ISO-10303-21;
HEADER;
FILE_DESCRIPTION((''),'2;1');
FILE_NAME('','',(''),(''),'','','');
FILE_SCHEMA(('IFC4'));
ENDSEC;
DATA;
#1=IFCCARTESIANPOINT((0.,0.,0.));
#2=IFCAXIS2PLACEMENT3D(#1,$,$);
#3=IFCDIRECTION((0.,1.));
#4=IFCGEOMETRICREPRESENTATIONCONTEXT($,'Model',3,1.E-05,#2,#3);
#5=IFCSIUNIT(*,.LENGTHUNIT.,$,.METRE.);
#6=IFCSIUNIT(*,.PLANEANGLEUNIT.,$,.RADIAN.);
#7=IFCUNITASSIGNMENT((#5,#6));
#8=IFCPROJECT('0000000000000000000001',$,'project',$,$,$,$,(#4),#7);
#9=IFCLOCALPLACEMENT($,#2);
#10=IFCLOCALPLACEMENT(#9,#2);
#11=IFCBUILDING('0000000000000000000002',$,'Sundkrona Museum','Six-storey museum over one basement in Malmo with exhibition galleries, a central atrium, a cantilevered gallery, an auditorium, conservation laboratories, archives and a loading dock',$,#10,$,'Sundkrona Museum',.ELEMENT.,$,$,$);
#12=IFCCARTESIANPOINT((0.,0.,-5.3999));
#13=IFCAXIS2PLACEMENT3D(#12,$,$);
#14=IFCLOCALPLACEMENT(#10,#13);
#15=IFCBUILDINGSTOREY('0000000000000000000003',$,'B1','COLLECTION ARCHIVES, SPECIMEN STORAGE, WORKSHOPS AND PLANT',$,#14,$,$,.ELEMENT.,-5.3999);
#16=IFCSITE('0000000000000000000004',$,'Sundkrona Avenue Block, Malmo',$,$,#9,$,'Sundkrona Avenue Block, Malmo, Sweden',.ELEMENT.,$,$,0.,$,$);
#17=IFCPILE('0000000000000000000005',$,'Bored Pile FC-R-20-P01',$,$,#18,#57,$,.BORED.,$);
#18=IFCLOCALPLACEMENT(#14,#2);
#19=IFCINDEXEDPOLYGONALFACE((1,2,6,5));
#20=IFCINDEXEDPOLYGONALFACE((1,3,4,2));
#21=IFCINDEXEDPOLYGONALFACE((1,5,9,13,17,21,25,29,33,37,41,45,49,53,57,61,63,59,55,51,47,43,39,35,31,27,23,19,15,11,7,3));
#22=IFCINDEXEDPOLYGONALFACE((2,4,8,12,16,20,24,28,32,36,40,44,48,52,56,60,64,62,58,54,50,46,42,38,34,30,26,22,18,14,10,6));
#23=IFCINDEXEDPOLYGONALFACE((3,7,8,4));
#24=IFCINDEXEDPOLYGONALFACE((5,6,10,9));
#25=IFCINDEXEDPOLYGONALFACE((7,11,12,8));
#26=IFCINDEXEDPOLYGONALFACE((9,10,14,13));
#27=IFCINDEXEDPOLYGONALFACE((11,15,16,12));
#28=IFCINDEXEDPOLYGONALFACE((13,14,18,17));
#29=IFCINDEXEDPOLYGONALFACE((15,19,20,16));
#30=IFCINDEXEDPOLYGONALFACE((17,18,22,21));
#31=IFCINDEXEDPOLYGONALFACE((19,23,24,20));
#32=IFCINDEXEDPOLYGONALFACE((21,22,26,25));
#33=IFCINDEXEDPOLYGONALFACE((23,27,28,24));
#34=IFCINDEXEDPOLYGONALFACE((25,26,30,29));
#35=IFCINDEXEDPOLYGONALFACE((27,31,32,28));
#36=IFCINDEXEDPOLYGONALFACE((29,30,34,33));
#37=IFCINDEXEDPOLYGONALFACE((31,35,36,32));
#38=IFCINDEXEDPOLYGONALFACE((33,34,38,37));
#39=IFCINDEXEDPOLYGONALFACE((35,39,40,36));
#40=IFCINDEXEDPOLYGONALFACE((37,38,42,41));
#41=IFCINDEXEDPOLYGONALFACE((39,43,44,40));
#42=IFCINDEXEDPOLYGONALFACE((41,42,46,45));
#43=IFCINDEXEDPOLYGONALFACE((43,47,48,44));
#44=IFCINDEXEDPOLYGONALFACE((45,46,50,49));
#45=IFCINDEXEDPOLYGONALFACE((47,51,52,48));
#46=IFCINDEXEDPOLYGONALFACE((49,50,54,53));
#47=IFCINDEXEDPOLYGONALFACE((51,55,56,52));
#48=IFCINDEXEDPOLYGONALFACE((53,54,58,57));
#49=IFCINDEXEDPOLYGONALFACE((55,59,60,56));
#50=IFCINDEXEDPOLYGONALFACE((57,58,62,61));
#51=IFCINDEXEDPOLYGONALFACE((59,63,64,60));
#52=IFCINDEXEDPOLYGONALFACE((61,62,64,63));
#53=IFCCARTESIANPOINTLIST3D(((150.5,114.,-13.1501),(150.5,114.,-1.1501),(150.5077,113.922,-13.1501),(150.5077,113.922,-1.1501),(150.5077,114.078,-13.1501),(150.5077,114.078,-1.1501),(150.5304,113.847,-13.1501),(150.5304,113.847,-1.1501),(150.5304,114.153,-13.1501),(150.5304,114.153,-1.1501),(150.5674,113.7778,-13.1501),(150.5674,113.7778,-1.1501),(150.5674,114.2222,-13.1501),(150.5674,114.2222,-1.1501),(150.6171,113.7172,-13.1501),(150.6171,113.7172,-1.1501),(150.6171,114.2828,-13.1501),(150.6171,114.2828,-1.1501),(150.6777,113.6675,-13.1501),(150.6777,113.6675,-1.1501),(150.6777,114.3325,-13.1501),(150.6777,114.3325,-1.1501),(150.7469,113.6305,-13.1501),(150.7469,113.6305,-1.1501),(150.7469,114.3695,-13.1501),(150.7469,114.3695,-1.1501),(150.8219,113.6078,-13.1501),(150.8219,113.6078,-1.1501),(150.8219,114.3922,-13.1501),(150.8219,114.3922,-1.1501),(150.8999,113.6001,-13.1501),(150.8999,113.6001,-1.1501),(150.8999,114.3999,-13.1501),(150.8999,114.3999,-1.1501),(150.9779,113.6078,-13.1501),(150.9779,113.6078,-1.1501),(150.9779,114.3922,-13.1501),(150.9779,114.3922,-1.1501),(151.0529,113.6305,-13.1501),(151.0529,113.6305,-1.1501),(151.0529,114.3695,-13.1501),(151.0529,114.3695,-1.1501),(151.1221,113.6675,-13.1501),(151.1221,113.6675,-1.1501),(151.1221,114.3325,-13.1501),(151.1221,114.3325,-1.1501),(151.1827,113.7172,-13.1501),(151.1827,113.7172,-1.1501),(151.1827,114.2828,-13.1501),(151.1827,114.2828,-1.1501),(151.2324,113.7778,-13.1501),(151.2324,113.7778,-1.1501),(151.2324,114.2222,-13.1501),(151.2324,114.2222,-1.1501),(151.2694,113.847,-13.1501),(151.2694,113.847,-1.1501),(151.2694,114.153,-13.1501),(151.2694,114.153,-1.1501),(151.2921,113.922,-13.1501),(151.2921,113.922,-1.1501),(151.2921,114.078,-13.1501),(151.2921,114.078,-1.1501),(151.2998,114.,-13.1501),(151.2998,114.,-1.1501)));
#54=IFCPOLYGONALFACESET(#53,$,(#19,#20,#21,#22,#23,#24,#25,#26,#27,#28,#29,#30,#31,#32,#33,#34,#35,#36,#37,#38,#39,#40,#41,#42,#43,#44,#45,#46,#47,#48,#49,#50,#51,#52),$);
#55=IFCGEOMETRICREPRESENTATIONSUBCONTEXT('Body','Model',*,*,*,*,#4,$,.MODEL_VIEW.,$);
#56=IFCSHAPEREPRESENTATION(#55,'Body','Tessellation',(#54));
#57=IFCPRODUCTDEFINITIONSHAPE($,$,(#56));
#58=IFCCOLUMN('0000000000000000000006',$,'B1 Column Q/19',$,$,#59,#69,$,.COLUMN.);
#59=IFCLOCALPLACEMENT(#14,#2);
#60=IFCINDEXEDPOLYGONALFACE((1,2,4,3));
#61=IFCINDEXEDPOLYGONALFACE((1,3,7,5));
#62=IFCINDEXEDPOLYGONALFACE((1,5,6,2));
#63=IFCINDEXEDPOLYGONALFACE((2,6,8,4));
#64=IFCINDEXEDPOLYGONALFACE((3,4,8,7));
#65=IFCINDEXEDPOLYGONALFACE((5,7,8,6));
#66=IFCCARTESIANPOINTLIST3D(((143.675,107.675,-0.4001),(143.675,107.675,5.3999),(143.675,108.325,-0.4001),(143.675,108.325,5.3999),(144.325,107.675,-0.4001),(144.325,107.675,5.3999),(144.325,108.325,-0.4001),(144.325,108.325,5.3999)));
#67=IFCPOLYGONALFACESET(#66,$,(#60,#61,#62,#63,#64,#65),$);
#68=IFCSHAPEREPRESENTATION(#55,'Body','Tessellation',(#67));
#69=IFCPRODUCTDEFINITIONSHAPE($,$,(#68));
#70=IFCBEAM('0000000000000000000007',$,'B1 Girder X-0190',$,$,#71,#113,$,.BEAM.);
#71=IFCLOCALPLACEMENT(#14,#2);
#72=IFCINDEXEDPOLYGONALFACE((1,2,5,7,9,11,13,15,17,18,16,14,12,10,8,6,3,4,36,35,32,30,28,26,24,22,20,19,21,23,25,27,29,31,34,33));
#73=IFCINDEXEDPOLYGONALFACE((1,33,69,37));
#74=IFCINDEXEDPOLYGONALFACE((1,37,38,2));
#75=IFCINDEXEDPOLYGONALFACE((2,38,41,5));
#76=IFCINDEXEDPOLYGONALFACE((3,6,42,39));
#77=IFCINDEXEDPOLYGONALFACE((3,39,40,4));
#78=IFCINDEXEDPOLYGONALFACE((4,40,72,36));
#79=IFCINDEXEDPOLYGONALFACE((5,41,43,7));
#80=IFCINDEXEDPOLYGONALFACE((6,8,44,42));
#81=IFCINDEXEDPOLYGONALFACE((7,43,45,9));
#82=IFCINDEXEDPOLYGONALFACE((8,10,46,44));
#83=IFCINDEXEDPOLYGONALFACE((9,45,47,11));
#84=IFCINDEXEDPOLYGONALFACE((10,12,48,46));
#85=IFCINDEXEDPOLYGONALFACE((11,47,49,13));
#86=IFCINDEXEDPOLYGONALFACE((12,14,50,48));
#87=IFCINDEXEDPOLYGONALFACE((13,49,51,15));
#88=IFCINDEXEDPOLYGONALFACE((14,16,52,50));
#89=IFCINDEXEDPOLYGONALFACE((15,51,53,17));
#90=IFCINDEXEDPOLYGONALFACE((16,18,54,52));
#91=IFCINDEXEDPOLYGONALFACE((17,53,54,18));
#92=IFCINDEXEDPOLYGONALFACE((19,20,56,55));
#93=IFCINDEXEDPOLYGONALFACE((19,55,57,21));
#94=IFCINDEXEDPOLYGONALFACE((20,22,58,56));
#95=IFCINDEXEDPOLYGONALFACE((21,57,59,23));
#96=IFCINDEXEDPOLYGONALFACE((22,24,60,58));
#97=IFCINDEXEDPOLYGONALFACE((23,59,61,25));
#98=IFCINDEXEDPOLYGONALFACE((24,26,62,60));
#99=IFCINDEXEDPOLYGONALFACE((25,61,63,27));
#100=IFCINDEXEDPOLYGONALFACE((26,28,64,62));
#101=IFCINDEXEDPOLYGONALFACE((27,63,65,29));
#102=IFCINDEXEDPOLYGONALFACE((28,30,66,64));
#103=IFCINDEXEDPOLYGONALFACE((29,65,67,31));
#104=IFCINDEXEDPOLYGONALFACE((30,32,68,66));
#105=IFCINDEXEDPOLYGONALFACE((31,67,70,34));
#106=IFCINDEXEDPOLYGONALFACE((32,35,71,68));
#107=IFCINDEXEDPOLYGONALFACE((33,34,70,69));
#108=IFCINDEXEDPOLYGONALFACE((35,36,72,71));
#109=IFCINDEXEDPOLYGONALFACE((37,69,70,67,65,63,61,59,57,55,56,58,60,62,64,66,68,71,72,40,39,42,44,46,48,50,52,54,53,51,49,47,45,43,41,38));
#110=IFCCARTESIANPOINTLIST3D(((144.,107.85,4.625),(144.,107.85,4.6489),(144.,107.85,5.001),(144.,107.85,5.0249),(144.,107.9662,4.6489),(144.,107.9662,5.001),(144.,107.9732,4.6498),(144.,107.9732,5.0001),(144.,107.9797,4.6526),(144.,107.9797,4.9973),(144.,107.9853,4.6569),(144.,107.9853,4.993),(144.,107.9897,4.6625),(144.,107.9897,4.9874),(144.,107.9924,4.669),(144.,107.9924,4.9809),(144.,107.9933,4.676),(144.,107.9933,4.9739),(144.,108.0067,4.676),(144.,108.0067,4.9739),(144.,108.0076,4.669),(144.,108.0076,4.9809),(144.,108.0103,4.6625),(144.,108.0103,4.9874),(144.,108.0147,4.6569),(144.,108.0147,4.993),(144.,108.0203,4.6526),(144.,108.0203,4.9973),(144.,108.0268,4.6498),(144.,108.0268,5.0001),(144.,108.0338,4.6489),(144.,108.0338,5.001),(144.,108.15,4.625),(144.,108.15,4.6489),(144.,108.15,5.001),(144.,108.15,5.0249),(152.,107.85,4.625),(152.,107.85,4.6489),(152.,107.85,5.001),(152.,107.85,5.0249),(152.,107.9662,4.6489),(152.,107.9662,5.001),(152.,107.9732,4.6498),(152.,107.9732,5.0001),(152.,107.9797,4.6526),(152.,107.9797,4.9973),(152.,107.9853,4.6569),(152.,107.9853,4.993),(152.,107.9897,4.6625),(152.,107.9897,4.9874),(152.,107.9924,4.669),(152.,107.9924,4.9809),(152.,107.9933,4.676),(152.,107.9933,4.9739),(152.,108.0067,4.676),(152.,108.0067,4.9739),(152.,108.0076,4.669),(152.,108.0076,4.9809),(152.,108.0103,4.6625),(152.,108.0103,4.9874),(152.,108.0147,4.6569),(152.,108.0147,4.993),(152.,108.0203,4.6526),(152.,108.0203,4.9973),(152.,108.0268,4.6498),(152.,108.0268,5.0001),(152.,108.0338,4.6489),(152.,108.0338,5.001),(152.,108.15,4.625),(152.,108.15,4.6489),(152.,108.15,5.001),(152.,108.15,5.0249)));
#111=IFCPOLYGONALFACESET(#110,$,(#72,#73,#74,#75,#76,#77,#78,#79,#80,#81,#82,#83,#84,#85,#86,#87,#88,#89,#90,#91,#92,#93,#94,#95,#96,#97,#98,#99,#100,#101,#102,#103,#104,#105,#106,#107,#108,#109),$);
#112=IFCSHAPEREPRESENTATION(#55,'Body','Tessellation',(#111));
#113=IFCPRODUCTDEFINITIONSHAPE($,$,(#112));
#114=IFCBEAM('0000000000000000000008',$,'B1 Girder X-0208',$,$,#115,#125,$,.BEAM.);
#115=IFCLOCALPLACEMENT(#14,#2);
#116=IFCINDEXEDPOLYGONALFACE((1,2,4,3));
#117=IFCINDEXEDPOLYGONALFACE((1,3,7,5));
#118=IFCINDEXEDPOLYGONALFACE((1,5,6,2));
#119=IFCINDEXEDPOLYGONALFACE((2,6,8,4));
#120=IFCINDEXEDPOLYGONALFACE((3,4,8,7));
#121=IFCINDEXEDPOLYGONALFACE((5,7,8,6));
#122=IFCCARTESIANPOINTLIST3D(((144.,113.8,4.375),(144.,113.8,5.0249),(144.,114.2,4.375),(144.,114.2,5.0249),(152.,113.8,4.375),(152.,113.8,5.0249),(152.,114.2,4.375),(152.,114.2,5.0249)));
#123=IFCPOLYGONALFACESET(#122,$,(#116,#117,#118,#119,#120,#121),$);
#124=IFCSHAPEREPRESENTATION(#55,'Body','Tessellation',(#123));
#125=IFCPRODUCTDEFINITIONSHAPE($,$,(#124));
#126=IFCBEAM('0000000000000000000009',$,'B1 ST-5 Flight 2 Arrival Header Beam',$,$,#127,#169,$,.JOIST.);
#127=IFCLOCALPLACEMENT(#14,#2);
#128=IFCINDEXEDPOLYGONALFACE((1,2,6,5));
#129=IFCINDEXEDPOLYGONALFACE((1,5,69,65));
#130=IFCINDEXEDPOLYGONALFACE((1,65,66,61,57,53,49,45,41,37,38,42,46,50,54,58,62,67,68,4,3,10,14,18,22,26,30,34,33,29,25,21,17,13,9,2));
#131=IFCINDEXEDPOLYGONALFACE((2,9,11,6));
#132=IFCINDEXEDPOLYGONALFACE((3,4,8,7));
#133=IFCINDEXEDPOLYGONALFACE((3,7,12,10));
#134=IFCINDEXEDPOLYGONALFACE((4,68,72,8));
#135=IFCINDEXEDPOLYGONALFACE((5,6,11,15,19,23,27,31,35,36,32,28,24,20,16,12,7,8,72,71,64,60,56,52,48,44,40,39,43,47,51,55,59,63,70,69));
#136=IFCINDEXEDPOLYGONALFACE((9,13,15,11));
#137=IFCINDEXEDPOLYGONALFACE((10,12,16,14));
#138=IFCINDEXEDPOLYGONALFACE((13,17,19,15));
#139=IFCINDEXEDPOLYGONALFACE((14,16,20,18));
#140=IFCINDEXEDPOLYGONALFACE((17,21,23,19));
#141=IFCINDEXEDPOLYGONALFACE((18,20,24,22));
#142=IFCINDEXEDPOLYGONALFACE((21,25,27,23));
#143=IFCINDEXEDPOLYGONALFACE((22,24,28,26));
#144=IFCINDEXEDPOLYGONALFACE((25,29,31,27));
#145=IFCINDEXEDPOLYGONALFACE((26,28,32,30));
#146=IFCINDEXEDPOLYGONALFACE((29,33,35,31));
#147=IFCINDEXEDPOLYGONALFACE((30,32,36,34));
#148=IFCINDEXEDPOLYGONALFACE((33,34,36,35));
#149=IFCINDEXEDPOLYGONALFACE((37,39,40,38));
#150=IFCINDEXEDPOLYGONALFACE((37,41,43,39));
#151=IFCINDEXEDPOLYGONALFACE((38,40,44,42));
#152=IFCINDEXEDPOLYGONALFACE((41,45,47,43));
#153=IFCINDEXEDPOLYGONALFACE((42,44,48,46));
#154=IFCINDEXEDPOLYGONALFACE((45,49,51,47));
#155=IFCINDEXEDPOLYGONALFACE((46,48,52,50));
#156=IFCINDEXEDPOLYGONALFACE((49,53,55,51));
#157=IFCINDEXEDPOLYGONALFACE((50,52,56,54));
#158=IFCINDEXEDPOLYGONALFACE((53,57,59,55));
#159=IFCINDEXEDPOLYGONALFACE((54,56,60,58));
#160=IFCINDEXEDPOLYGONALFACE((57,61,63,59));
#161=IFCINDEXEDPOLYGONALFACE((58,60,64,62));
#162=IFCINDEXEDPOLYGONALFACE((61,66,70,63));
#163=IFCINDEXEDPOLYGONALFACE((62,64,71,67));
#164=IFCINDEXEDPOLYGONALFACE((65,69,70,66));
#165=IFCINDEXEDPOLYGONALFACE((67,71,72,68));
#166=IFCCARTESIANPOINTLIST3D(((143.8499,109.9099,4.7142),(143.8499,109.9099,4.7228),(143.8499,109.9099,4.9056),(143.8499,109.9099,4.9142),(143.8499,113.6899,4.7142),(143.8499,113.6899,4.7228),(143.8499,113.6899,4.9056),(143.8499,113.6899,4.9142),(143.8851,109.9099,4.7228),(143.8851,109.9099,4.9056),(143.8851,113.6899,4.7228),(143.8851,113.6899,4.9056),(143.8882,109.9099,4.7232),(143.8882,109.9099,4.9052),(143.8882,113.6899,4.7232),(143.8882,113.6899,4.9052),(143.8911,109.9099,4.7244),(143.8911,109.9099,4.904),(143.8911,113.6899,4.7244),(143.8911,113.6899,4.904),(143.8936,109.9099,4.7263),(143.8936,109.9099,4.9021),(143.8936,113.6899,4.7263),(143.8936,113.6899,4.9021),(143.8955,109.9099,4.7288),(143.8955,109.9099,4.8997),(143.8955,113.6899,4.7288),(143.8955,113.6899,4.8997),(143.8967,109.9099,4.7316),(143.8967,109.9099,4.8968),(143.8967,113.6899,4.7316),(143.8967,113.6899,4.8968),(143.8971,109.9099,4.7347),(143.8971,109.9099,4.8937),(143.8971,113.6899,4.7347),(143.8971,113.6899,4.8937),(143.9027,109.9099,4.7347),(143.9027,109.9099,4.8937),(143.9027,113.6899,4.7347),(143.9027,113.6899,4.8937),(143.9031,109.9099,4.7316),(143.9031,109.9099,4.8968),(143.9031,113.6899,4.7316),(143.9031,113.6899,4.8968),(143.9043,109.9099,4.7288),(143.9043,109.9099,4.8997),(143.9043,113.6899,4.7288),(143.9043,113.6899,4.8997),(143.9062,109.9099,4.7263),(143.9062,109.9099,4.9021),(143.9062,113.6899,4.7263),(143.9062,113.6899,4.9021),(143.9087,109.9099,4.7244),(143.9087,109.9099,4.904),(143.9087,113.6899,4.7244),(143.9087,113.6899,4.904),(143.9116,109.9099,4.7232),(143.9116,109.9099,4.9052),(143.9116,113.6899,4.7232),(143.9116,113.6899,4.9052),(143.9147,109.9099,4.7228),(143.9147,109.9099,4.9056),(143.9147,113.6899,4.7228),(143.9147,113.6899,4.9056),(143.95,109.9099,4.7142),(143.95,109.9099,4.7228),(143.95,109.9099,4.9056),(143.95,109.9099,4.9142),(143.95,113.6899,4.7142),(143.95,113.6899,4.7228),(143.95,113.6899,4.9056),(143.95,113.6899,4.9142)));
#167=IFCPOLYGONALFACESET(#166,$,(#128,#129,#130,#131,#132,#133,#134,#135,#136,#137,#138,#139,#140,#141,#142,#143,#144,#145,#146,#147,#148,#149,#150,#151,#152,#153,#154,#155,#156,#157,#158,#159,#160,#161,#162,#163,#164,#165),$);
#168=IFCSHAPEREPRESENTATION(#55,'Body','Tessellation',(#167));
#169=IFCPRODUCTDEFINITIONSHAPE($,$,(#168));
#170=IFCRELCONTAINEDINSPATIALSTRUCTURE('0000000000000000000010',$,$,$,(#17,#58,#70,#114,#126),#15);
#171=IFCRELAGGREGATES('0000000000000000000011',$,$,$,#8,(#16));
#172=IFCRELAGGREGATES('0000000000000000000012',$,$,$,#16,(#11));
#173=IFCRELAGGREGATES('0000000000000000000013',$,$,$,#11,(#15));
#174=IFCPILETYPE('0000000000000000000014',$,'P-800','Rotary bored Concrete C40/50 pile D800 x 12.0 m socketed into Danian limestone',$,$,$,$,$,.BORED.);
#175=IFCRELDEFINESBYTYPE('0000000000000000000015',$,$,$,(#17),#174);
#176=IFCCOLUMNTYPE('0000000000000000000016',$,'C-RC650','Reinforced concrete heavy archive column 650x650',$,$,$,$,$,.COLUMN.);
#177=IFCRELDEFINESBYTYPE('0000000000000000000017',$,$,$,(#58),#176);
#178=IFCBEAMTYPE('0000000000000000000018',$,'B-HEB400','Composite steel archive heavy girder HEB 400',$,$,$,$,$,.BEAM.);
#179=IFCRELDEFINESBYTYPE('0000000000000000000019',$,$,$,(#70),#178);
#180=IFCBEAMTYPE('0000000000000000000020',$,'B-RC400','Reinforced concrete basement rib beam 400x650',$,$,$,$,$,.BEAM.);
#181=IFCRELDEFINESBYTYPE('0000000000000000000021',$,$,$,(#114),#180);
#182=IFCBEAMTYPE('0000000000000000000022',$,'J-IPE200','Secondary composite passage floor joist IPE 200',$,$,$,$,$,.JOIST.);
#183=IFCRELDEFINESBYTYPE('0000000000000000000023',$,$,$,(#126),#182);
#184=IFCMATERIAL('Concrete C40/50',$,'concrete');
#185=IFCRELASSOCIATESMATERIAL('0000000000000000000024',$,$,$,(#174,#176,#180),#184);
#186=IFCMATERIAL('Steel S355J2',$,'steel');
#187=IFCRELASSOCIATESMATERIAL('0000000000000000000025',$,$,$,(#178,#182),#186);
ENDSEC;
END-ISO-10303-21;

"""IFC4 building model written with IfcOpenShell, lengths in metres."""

from ifc_helpers import new_model, si_unit, direction, frame, origin, origin_2d, place, context, subcontext, project, spatial, rectangle, circle, i_section, extrude, material, material_profile, profile_set, type_object, element, save


model = new_model("IFC4")

# Units and contexts
model_context = context("Model", 3, precision=1e-05, world=origin(), true_north=direction((0.0, 1.0)))
body_context = subcontext(model_context, "Body", "Model", "MODEL_VIEW")
ifc_project = project(units=[si_unit("LENGTHUNIT", "METRE"), si_unit("PLANEANGLEUNIT", "RADIAN")], contexts=[model_context])

# Site, building, storey
site_placement = place(None, origin())
site = spatial("IfcSite", under=ifc_project, at=site_placement, Name="Sundkrona Avenue Block, Malmo", LongName="Sundkrona Avenue Block, Malmo, Sweden", CompositionType="ELEMENT", RefElevation=0.0)
building_placement = place(site_placement, origin())
building = spatial("IfcBuilding", under=site, at=building_placement, Name="Sundkrona Museum", Description="Six-storey museum over one basement in Malmo with exhibition galleries, a central atrium, a cantilevered gallery, an auditorium, conservation laboratories, archives and a loading dock", LongName="Sundkrona Museum", CompositionType="ELEMENT")
storey_placement = place(building_placement, frame((0.0, 0.0, -5.3999)))
storey = spatial("IfcBuildingStorey", under=building, at=storey_placement, Name="B1", Description="COLLECTION ARCHIVES, SPECIMEN STORAGE, WORKSHOPS AND PLANT", CompositionType="ELEMENT", Elevation=-5.3999)

# Shared definitions
ifc_material_1 = material(Name="Concrete C40/50", Category="concrete")

# Pile
ifc_material_profile_1 = material_profile(ifc_material_1, circle(Radius=0.3999, at=origin_2d()), Name="PILE D800")
ifc_profile_set_1 = profile_set([ifc_material_profile_1], Name="Concrete C40/50")
pile_type_1 = type_object("IfcPileType", Name="P-800", Description="Rotary bored Concrete C40/50 pile D800 x 12.0 m socketed into Danian limestone", PredefinedType="BORED", material=ifc_profile_set_1)
for number, where, z_axis, x_axis, name in (
    (1, (150.8999, 114.0, -1.1501), (0.0, 0.0, -1.0), (1.0, 0.0, 0.0), "Bored Pile FC-R-20-P01"),
):
    element("IfcPile", number, at=place(storey_placement, frame(where, z_axis=z_axis, x_axis=x_axis)), inside=storey, type_object=pile_type_1, Name=name, PredefinedType="BORED", context=body_context, shape_type="SweptSolid", body=[
        extrude(circle(Radius=0.3999, at=origin_2d()), origin(), (0.0, 0.0, 1.0), 12.0),
    ])

# Column
ifc_material_profile_2 = material_profile(ifc_material_1, rectangle(XDim=0.6499, YDim=0.6499, at=origin_2d()), Name="RC 650x650")
ifc_profile_set_2 = profile_set([ifc_material_profile_2], Name="Concrete C40/50")
column_type = type_object("IfcColumnType", Name="C-RC650", Description="Reinforced concrete heavy archive column 650x650", PredefinedType="COLUMN", material=ifc_profile_set_2)
column_placement = place(storey_placement, frame((144.0, 108.0, -0.4001), z_axis=(0.0, 0.0, 1.0), x_axis=(1.0, 0.0, 0.0)))
element("IfcColumn", 2, at=column_placement, inside=storey, type_object=column_type, Name="B1 Column Q/19", PredefinedType="COLUMN", context=body_context, shape_type="SweptSolid", body=[
    extrude(rectangle(XDim=0.6499, YDim=0.6499, at=origin_2d()), origin(), (0.0, 0.0, 1.0), 5.8),
])

# Beams
ifc_material_2 = material(Name="Steel S355J2", Category="steel")
ifc_material_profile_3 = material_profile(ifc_material_2, i_section(OverallWidth=0.3, OverallDepth=0.3999, WebThickness=0.0134, FlangeThickness=0.0239, FilletRadius=0.0271, at=origin_2d()), Name="HEB 400")
ifc_profile_set_3 = profile_set([ifc_material_profile_3], Name="Steel S355J2")
beam_type_1 = type_object("IfcBeamType", Name="B-HEB400", Description="Composite steel archive heavy girder HEB 400", PredefinedType="BEAM", material=ifc_profile_set_3)
beam_1_placement = place(storey_placement, frame((144.0, 108.0, 4.825), z_axis=(1.0, 0.0, 0.0), x_axis=(0.0, 1.0, 0.0)))
element("IfcBeam", 3, at=beam_1_placement, inside=storey, type_object=beam_type_1, Name="B1 Girder X-0190", PredefinedType="BEAM", context=body_context, shape_type="SweptSolid", body=[
    extrude(i_section(OverallWidth=0.3, OverallDepth=0.3999, WebThickness=0.0134, FlangeThickness=0.0239, FilletRadius=0.0271, at=origin_2d()), origin(), (0.0, 0.0, 1.0), 8.0),
])
ifc_material_profile_4 = material_profile(ifc_material_1, rectangle(XDim=0.3999, YDim=0.6499, at=origin_2d()), Name="RCB 400x650")
ifc_profile_set_4 = profile_set([ifc_material_profile_4], Name="Concrete C40/50")
beam_type_2 = type_object("IfcBeamType", Name="B-RC400", Description="Reinforced concrete basement rib beam 400x650", PredefinedType="BEAM", material=ifc_profile_set_4)
beam_2_placement = place(storey_placement, frame((144.0, 114.0, 4.7), z_axis=(1.0, 0.0, 0.0), x_axis=(0.0, 1.0, 0.0)))
element("IfcBeam", 4, at=beam_2_placement, inside=storey, type_object=beam_type_2, Name="B1 Girder X-0208", PredefinedType="BEAM", context=body_context, shape_type="SweptSolid", body=[
    extrude(rectangle(XDim=0.3999, YDim=0.6499, at=origin_2d()), origin(), (0.0, 0.0, 1.0), 8.0),
])
ifc_material_profile_5 = material_profile(ifc_material_2, i_section(OverallWidth=0.1001, OverallDepth=0.2, WebThickness=0.0056, FlangeThickness=0.0085, FilletRadius=0.012, at=origin_2d()), Name="IPE 200")
ifc_profile_set_5 = profile_set([ifc_material_profile_5], Name="Steel S355J2")
beam_type_3 = type_object("IfcBeamType", Name="J-IPE200", Description="Secondary composite passage floor joist IPE 200", PredefinedType="JOIST", material=ifc_profile_set_5)
beam_3_placement = place(storey_placement, frame((143.8999, 109.9099, 4.8142), z_axis=(0.0, 1.0, 0.0), x_axis=(-1.0, 0.0, 0.0)))
element("IfcBeam", 5, at=beam_3_placement, inside=storey, type_object=beam_type_3, Name="B1 ST-5 Flight 2 Arrival Header Beam", PredefinedType="JOIST", context=body_context, shape_type="SweptSolid", body=[
    extrude(i_section(OverallWidth=0.1001, OverallDepth=0.2, WebThickness=0.0056, FlangeThickness=0.0085, FilletRadius=0.012, at=origin_2d()), origin(), (0.0, 0.0, 1.0), 3.78),
])

save(model, "model.ifc")
